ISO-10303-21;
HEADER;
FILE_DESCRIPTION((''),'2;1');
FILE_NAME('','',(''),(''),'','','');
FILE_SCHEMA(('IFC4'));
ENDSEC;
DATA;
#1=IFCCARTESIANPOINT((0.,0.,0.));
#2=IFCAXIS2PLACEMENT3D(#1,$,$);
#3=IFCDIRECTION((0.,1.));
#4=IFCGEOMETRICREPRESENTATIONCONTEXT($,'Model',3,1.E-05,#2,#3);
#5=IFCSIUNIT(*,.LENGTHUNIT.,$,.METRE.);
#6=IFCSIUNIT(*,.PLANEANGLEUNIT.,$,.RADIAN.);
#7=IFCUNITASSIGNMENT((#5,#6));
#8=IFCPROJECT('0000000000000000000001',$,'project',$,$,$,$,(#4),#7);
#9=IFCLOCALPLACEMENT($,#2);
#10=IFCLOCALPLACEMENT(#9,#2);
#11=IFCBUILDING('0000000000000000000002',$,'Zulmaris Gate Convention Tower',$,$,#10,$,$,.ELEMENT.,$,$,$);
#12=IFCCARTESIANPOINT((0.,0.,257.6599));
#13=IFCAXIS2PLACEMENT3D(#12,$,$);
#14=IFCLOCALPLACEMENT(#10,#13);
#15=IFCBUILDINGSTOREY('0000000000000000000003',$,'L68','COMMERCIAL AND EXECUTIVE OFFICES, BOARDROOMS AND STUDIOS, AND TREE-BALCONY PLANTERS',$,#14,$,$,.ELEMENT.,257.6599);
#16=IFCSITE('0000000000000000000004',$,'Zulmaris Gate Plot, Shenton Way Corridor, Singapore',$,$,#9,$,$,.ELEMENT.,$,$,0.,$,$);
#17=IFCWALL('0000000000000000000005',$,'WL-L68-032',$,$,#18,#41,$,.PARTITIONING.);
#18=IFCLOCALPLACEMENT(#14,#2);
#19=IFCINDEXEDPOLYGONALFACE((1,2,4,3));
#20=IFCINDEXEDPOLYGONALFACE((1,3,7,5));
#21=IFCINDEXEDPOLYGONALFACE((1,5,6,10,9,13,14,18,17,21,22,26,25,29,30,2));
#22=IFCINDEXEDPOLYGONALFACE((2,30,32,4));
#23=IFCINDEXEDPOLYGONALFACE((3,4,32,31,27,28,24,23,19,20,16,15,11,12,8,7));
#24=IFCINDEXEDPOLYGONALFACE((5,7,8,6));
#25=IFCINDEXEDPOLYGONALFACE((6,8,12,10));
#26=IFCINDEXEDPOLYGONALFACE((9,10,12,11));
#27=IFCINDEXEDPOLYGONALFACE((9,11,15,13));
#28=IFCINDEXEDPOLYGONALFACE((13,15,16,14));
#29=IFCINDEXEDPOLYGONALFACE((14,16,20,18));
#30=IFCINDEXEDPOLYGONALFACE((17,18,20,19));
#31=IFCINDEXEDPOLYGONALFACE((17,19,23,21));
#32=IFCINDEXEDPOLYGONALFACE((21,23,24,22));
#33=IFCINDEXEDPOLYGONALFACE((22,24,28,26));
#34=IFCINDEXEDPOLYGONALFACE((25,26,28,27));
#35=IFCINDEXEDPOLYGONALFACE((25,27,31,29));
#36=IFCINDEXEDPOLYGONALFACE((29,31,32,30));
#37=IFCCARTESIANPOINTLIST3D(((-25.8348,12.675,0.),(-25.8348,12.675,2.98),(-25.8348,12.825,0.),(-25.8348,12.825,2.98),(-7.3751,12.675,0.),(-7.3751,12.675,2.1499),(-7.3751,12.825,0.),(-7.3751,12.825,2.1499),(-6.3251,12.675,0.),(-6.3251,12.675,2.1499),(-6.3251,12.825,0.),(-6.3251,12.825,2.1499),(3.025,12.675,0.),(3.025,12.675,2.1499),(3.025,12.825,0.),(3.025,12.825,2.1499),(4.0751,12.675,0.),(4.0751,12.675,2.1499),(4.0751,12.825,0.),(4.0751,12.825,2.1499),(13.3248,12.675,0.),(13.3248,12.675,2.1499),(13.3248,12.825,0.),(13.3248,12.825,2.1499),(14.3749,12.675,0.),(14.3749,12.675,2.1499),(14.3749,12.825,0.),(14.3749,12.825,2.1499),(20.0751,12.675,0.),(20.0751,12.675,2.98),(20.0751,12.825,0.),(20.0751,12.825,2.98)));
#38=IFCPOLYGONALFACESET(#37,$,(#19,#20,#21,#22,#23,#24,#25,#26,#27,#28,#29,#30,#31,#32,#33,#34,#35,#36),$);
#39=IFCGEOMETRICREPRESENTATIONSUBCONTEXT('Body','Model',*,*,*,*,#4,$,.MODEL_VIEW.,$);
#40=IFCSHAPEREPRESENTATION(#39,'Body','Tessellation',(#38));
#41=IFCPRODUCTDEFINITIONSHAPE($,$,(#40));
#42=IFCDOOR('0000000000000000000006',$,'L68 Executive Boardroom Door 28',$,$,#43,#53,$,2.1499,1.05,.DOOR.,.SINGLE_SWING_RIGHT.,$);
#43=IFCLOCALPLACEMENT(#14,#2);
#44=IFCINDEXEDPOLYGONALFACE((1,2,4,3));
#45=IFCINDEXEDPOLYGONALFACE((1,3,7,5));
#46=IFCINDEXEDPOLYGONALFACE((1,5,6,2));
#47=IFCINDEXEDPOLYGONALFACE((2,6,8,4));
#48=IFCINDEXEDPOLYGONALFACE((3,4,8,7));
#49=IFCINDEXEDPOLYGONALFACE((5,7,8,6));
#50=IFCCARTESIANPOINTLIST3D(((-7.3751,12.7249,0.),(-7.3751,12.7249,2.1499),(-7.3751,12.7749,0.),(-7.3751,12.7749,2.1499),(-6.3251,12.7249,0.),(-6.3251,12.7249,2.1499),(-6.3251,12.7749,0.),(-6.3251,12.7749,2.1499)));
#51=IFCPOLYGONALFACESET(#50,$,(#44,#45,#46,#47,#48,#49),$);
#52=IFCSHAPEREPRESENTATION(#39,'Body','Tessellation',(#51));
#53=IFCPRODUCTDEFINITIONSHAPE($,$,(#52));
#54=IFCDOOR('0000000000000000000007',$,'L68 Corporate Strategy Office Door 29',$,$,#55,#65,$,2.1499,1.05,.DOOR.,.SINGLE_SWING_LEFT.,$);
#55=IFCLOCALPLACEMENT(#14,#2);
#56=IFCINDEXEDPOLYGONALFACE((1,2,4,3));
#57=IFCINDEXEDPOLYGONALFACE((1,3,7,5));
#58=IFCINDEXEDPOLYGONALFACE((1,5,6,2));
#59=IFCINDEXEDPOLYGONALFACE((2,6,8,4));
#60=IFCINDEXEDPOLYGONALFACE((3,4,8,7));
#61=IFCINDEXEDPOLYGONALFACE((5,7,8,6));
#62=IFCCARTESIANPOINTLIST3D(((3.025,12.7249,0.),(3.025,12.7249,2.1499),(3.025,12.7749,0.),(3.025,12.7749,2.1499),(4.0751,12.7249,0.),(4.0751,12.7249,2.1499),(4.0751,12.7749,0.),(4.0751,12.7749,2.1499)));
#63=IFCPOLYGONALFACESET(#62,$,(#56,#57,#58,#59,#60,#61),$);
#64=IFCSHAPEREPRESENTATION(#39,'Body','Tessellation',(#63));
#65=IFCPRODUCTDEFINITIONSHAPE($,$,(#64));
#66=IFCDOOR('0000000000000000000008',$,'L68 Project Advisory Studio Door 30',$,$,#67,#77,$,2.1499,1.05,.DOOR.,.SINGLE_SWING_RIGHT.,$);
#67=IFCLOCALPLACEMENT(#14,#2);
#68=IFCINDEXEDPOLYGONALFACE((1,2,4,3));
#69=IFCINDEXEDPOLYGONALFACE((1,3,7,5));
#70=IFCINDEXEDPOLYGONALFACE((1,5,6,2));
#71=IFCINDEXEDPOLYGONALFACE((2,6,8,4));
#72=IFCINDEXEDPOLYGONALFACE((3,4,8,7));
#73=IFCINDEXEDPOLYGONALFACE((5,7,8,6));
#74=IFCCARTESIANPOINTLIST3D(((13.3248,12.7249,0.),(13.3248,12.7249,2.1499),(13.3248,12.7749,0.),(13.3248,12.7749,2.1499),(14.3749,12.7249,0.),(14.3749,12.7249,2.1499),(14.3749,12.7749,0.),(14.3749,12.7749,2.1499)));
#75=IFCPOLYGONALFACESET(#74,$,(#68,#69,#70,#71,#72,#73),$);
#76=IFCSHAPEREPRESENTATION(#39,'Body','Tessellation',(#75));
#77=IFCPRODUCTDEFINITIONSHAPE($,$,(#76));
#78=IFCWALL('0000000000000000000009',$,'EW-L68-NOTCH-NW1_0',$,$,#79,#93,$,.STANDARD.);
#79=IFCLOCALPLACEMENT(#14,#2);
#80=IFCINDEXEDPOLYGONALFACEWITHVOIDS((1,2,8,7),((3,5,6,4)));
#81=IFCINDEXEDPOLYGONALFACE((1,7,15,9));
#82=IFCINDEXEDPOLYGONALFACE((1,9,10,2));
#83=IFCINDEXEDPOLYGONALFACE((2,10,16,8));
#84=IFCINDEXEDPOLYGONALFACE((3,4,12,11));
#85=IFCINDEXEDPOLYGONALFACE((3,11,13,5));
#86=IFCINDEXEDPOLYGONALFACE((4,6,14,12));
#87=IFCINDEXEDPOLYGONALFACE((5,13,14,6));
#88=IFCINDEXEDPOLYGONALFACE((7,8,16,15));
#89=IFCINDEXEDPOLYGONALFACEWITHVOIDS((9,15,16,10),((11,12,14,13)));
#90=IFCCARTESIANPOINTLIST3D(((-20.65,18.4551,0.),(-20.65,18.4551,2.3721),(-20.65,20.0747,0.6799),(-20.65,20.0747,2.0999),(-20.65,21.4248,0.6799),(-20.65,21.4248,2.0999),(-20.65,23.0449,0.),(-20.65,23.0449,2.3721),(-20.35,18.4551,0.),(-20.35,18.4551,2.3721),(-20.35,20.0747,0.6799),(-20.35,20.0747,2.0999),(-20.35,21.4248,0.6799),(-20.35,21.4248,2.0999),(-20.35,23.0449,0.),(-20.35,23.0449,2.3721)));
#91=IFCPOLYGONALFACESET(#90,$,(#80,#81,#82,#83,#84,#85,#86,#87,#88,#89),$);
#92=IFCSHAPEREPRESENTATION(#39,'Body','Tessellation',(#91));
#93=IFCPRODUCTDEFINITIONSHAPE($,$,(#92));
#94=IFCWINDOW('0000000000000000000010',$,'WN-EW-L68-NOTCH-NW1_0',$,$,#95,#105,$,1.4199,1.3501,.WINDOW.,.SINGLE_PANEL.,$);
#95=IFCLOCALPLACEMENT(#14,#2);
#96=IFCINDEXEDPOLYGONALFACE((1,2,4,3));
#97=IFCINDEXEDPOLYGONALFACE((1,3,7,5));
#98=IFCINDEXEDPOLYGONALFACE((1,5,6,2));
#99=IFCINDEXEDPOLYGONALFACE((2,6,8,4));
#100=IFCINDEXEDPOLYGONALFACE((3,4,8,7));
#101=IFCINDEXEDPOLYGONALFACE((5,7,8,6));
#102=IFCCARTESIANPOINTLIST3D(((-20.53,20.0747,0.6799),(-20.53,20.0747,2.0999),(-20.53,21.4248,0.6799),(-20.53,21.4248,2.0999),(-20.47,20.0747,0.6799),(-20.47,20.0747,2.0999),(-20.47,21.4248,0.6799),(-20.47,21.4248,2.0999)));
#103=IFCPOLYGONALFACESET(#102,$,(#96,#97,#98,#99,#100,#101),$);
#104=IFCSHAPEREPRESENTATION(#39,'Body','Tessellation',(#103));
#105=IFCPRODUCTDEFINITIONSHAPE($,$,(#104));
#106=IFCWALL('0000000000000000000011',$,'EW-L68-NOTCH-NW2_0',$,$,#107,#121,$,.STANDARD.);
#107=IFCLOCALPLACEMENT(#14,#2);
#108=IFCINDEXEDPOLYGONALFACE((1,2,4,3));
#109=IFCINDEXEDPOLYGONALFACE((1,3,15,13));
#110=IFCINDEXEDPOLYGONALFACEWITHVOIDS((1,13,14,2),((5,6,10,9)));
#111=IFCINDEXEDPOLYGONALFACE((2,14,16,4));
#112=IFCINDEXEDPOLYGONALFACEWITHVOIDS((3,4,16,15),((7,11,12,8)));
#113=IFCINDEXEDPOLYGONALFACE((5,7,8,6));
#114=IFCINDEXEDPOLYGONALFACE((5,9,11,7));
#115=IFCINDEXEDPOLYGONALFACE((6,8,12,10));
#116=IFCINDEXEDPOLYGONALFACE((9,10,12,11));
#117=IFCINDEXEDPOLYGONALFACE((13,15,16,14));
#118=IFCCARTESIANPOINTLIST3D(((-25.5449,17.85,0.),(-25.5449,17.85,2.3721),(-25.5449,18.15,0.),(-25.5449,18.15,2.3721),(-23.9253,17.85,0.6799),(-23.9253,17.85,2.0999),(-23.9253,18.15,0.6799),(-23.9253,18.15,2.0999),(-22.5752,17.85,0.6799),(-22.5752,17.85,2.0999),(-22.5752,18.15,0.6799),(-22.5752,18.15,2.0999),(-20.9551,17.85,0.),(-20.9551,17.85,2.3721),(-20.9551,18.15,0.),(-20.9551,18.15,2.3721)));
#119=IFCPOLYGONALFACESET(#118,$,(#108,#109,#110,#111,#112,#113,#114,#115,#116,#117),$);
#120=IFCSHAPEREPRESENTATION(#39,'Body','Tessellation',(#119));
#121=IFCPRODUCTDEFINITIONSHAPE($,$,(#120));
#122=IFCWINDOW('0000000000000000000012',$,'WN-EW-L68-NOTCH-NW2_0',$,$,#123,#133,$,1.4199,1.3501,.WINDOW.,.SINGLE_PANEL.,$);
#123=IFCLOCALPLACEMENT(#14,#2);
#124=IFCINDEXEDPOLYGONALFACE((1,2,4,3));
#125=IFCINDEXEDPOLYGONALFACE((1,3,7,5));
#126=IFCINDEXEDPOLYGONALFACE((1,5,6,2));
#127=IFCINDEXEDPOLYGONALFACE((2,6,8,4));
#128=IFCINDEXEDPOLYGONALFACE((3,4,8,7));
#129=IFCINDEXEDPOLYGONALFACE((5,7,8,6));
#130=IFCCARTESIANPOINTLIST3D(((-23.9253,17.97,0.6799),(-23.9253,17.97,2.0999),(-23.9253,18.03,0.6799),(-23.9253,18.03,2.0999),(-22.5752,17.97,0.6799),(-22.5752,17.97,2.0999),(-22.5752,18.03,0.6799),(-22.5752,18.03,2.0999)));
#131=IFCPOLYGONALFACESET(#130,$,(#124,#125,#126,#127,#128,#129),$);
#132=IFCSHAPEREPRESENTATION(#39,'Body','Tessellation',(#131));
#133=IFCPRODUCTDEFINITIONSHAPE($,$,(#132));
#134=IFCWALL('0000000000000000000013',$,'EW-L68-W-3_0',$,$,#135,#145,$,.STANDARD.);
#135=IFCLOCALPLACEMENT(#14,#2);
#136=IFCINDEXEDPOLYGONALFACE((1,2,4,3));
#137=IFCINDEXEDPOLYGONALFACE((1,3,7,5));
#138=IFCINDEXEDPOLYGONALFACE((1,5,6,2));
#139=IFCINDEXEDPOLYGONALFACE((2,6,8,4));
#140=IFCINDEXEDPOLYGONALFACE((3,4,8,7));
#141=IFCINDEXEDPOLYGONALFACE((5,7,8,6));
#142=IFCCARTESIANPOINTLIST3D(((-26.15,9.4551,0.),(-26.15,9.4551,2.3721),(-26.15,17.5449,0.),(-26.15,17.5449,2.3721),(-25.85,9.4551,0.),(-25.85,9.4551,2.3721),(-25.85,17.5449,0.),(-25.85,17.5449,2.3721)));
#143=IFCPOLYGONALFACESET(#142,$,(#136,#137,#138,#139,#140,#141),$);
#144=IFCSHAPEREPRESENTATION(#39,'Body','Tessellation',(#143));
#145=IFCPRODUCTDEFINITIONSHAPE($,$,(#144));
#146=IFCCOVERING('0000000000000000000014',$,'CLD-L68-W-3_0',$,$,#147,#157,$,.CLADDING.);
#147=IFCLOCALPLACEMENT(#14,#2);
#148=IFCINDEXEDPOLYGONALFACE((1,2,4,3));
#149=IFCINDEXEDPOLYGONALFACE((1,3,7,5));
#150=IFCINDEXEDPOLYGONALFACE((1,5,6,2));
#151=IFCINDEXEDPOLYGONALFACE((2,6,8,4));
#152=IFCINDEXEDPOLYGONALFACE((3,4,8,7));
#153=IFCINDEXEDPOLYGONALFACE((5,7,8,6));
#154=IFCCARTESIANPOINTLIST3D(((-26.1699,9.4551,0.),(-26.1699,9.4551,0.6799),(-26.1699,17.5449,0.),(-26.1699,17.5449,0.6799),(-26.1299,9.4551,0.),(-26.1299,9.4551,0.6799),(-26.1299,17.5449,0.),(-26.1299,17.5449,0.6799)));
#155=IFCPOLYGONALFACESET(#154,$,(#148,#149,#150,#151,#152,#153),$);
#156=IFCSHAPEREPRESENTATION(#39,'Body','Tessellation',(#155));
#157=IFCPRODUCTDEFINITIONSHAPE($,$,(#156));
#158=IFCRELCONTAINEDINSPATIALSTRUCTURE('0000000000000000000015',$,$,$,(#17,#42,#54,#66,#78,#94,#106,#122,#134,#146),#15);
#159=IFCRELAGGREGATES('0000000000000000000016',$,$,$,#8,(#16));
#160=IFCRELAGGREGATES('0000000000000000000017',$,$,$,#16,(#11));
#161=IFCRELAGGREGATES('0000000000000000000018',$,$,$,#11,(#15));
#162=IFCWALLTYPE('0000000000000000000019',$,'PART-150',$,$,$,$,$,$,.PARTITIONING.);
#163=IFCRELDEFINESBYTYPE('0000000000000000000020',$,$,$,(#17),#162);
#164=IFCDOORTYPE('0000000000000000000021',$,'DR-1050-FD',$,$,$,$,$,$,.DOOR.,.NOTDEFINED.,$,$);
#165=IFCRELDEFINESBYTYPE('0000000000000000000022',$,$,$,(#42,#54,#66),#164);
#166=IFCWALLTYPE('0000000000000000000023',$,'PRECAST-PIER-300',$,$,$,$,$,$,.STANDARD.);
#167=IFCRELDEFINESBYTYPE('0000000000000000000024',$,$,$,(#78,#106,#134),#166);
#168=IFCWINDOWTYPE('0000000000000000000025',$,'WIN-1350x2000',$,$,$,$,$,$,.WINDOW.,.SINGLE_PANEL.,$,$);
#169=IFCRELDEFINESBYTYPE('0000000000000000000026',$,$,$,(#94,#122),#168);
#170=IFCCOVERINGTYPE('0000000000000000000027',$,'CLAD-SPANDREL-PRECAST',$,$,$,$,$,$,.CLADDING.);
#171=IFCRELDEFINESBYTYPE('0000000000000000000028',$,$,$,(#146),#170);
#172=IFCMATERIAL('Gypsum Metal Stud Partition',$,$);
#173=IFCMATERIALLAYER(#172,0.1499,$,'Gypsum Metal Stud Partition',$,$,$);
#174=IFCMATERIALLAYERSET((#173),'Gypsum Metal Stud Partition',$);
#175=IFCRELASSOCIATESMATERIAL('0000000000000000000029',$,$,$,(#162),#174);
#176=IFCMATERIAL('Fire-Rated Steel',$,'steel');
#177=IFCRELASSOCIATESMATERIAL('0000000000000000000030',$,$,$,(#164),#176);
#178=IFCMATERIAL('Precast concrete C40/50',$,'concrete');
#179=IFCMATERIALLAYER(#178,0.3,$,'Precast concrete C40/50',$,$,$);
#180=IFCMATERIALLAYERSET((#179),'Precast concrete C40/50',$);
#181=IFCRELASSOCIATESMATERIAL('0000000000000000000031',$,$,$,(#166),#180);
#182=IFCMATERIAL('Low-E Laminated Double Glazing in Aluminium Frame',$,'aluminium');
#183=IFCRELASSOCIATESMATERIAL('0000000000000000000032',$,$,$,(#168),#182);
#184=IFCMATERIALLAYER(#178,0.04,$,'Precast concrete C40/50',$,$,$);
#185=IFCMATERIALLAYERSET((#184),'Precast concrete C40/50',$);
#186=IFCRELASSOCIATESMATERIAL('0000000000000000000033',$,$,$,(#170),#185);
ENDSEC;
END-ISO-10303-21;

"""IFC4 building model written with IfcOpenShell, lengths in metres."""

from ifc_helpers import new_model, si_unit, direction, frame, frame_2d, origin, place, context, subcontext, project, spatial, rectangle, extrude, material, layer, layer_set, type_object, element, fill, save


model = new_model("IFC4")

# Units and contexts
model_context = context("Model", 3, precision=1e-05, world=origin(), true_north=direction((0.0, 1.0)))
body_context = subcontext(model_context, "Body", "Model", "MODEL_VIEW")
ifc_project = project(units=[si_unit("LENGTHUNIT", "METRE"), si_unit("PLANEANGLEUNIT", "RADIAN")], contexts=[model_context])

# Site, building, storey
site_placement = place(None, origin())
site = spatial("IfcSite", under=ifc_project, at=site_placement, Name="Zulmaris Gate Plot, Shenton Way Corridor, Singapore", CompositionType="ELEMENT", RefElevation=0.0)
building_placement = place(site_placement, origin())
building = spatial("IfcBuilding", under=site, at=building_placement, Name="Zulmaris Gate Convention Tower", CompositionType="ELEMENT")
storey_placement = place(building_placement, frame((0.0, 0.0, 257.6599)))
storey = spatial("IfcBuildingStorey", under=building, at=storey_placement, Name="L68", Description="COMMERCIAL AND EXECUTIVE OFFICES, BOARDROOMS AND STUDIOS, AND TREE-BALCONY PLANTERS", CompositionType="ELEMENT", Elevation=257.6599)

# Shared definitions
ifc_material_1 = material(Name="Fire-Rated Steel", Category="steel")

# Wall, openings, doors
ifc_material_2 = material(Name="Gypsum Metal Stud Partition")
ifc_layer_1 = layer(ifc_material_2, 0.1499, Name="Gypsum Metal Stud Partition")
ifc_layer_set_1 = layer_set([ifc_layer_1], Name="Gypsum Metal Stud Partition")
wall_type_1 = type_object("IfcWallType", Name="PART-150", PredefinedType="PARTITIONING", material=ifc_layer_set_1)
wall_1_placement = place(storey_placement, frame((-25.835, 12.75, 0.0), z_axis=(0.0, 0.0, 1.0), x_axis=(1.0, 0.0, 0.0)))
wall_1 = element("IfcWall", 1, at=wall_1_placement, inside=storey, type_object=wall_type_1, Name="WL-L68-032", PredefinedType="PARTITIONING", context=body_context, shape_type="SweptSolid", body=[
    extrude(rectangle(XDim=45.9099, YDim=0.1499, at=frame_2d((22.9551, 0.0))), origin(), (0.0, 0.0, 1.0), 2.98),
])
opening_1_placement = place(wall_1_placement, frame((18.46, 0.0, 0.0)))
opening_1 = element("IfcOpeningElement", 2, at=opening_1_placement, cuts=wall_1, PredefinedType="OPENING", context=body_context, shape_type="SweptSolid", body=[
    extrude(rectangle(XDim=1.05, YDim=2.1499, at=frame_2d((0.5249, 1.075))), frame((0.0, 0.085, 0.0), z_axis=(0.0, -1.0, 0.0), x_axis=(1.0, 0.0, 0.0)), (0.0, 0.0, 1.0), 0.1699),
])
opening_2_placement = place(wall_1_placement, frame((28.8601, 0.0, 0.0)))
opening_2 = element("IfcOpeningElement", 3, at=opening_2_placement, cuts=wall_1, PredefinedType="OPENING", context=body_context, shape_type="SweptSolid", body=[
    extrude(rectangle(XDim=1.05, YDim=2.1499, at=frame_2d((0.5249, 1.075))), frame((0.0, 0.085, 0.0), z_axis=(0.0, -1.0, 0.0), x_axis=(1.0, 0.0, 0.0)), (0.0, 0.0, 1.0), 0.1699),
])
opening_3_placement = place(wall_1_placement, frame((39.1599, 0.0, 0.0)))
opening_3 = element("IfcOpeningElement", 4, at=opening_3_placement, cuts=wall_1, PredefinedType="OPENING", context=body_context, shape_type="SweptSolid", body=[
    extrude(rectangle(XDim=1.05, YDim=2.1499, at=frame_2d((0.5249, 1.075))), frame((0.0, 0.085, 0.0), z_axis=(0.0, -1.0, 0.0), x_axis=(1.0, 0.0, 0.0)), (0.0, 0.0, 1.0), 0.1699),
])
door_type_1 = type_object("IfcDoorType", Name="DR-1050-FD", OperationType="NOTDEFINED", PredefinedType="DOOR", material=ifc_material_1)
door_1_placement = place(opening_1_placement, origin())
door_1 = element("IfcDoor", 5, at=door_1_placement, inside=storey, type_object=door_type_1, Name="L68 Executive Boardroom Door 28", OperationType="SINGLE_SWING_RIGHT", OverallHeight=2.1499, OverallWidth=1.05, PredefinedType="DOOR", context=body_context, shape_type="SweptSolid", body=[
    extrude(rectangle(XDim=1.05, YDim=2.1499, at=frame_2d((0.5249, 1.075))), frame((0.0, 0.0249, 0.0), z_axis=(0.0, -1.0, 0.0), x_axis=(1.0, 0.0, 0.0)), (0.0, 0.0, 1.0), 0.05),
])
fill(opening_1, door_1)
door_2_placement = place(opening_2_placement, origin())
door_2 = element("IfcDoor", 6, at=door_2_placement, inside=storey, type_object=door_type_1, Name="L68 Corporate Strategy Office Door 29", OperationType="SINGLE_SWING_LEFT", OverallHeight=2.1499, OverallWidth=1.05, PredefinedType="DOOR", context=body_context, shape_type="SweptSolid", body=[
    extrude(rectangle(XDim=1.05, YDim=2.1499, at=frame_2d((0.5249, 1.075))), frame((0.0, 0.0249, 0.0), z_axis=(0.0, -1.0, 0.0), x_axis=(1.0, 0.0, 0.0)), (0.0, 0.0, 1.0), 0.05),
])
fill(opening_2, door_2)
door_3_placement = place(opening_3_placement, origin())
door_3 = element("IfcDoor", 7, at=door_3_placement, inside=storey, type_object=door_type_1, Name="L68 Project Advisory Studio Door 30", OperationType="SINGLE_SWING_RIGHT", OverallHeight=2.1499, OverallWidth=1.05, PredefinedType="DOOR", context=body_context, shape_type="SweptSolid", body=[
    extrude(rectangle(XDim=1.05, YDim=2.1499, at=frame_2d((0.5249, 1.075))), frame((0.0, 0.0249, 0.0), z_axis=(0.0, -1.0, 0.0), x_axis=(1.0, 0.0, 0.0)), (0.0, 0.0, 1.0), 0.05),
])
fill(opening_3, door_3)

# Walls, openings, windows
ifc_material_3 = material(Name="Precast concrete C40/50", Category="concrete")
ifc_layer_2 = layer(ifc_material_3, 0.3, Name="Precast concrete C40/50")
ifc_layer_set_2 = layer_set([ifc_layer_2], Name="Precast concrete C40/50")
wall_type_2 = type_object("IfcWallType", Name="PRECAST-PIER-300", PredefinedType="STANDARD", material=ifc_layer_set_2)
wall_2_placement = place(storey_placement, frame((-20.5, 23.0449, 0.0), z_axis=(0.0, 0.0, 1.0), x_axis=(0.0, -1.0, 0.0)))
wall_2 = element("IfcWall", 8, at=wall_2_placement, inside=storey, type_object=wall_type_2, Name="EW-L68-NOTCH-NW1_0", PredefinedType="STANDARD", context=body_context, shape_type="SweptSolid", body=[
    extrude(rectangle(XDim=4.5898, YDim=0.3, at=frame_2d((2.2949, 0.0))), origin(), (0.0, 0.0, 1.0), 2.3721),
])
opening_4_placement = place(wall_2_placement, frame((1.6201, 0.0, 0.6799)))
opening_4 = element("IfcOpeningElement", 9, at=opening_4_placement, cuts=wall_2, PredefinedType="OPENING", context=body_context, shape_type="SweptSolid", body=[
    extrude(rectangle(XDim=1.3501, YDim=1.4199, at=frame_2d((0.675, 0.71))), frame((0.0, 0.1602, 0.0), z_axis=(0.0, -1.0, 0.0), x_axis=(1.0, 0.0, 0.0)), (0.0, 0.0, 1.0), 0.3201),
])
ifc_material_4 = material(Name="Low-E Laminated Double Glazing in Aluminium Frame", Category="aluminium")
window_type = type_object("IfcWindowType", Name="WIN-1350x2000", PartitioningType="SINGLE_PANEL", PredefinedType="WINDOW", material=ifc_material_4)
window_1_placement = place(opening_4_placement, origin())
window_1 = element("IfcWindow", 10, at=window_1_placement, inside=storey, type_object=window_type, Name="WN-EW-L68-NOTCH-NW1_0", OverallHeight=1.4199, OverallWidth=1.3501, PartitioningType="SINGLE_PANEL", PredefinedType="WINDOW", context=body_context, shape_type="SweptSolid", body=[
    extrude(rectangle(XDim=1.3501, YDim=1.4199, at=frame_2d((0.675, 0.71))), frame((0.0, 0.03, 0.0), z_axis=(0.0, -1.0, 0.0), x_axis=(1.0, 0.0, 0.0)), (0.0, 0.0, 1.0), 0.0601),
])
fill(opening_4, window_1)
wall_3_placement = place(storey_placement, frame((-20.9551, 18.0, 0.0), z_axis=(0.0, 0.0, 1.0), x_axis=(-1.0, 0.0, 0.0)))
wall_3 = element("IfcWall", 11, at=wall_3_placement, inside=storey, type_object=wall_type_2, Name="EW-L68-NOTCH-NW2_0", PredefinedType="STANDARD", context=body_context, shape_type="SweptSolid", body=[
    extrude(rectangle(XDim=4.5898, YDim=0.3, at=frame_2d((2.2949, 0.0))), origin(), (0.0, 0.0, 1.0), 2.3721),
])
opening_5_placement = place(wall_3_placement, frame((1.6201, 0.0, 0.6799)))
opening_5 = element("IfcOpeningElement", 12, at=opening_5_placement, cuts=wall_3, PredefinedType="OPENING", context=body_context, shape_type="SweptSolid", body=[
    extrude(rectangle(XDim=1.3501, YDim=1.4199, at=frame_2d((0.675, 0.71))), frame((0.0, 0.1602, 0.0), z_axis=(0.0, -1.0, 0.0), x_axis=(1.0, 0.0, 0.0)), (0.0, 0.0, 1.0), 0.3201),
])
window_2_placement = place(opening_5_placement, origin())
window_2 = element("IfcWindow", 13, at=window_2_placement, inside=storey, type_object=window_type, Name="WN-EW-L68-NOTCH-NW2_0", OverallHeight=1.4199, OverallWidth=1.3501, PartitioningType="SINGLE_PANEL", PredefinedType="WINDOW", context=body_context, shape_type="SweptSolid", body=[
    extrude(rectangle(XDim=1.3501, YDim=1.4199, at=frame_2d((0.675, 0.71))), frame((0.0, 0.03, 0.0), z_axis=(0.0, -1.0, 0.0), x_axis=(1.0, 0.0, 0.0)), (0.0, 0.0, 1.0), 0.0601),
])
fill(opening_5, window_2)

# Wall
wall_4_placement = place(storey_placement, frame((-26.0, 17.5449, 0.0), z_axis=(0.0, 0.0, 1.0), x_axis=(0.0, -1.0, 0.0)))
element("IfcWall", 14, at=wall_4_placement, inside=storey, type_object=wall_type_2, Name="EW-L68-W-3_0", PredefinedType="STANDARD", context=body_context, shape_type="SweptSolid", body=[
    extrude(rectangle(XDim=8.0898, YDim=0.3, at=frame_2d((4.0449, 0.0))), origin(), (0.0, 0.0, 1.0), 2.3721),
])

# Covering
ifc_layer_3 = layer(ifc_material_3, 0.04, Name="Precast concrete C40/50")
ifc_layer_set_3 = layer_set([ifc_layer_3], Name="Precast concrete C40/50")
covering_type_1 = type_object("IfcCoveringType", Name="CLAD-SPANDREL-PRECAST", PredefinedType="CLADDING", material=ifc_layer_set_3)
covering_1_placement = place(storey_placement, frame((-26.1499, 17.5449, 0.0), z_axis=(0.0, 0.0, 1.0), x_axis=(0.0, -1.0, 0.0)))
element("IfcCovering", 15, at=covering_1_placement, inside=storey, type_object=covering_type_1, Name="CLD-L68-W-3_0", PredefinedType="CLADDING", context=body_context, shape_type="SweptSolid", body=[
    extrude(rectangle(XDim=8.0898, YDim=0.04, at=frame_2d((4.0449, 0.0))), origin(), (0.0, 0.0, 1.0), 0.6799),
])

save(model, "model.ifc")
